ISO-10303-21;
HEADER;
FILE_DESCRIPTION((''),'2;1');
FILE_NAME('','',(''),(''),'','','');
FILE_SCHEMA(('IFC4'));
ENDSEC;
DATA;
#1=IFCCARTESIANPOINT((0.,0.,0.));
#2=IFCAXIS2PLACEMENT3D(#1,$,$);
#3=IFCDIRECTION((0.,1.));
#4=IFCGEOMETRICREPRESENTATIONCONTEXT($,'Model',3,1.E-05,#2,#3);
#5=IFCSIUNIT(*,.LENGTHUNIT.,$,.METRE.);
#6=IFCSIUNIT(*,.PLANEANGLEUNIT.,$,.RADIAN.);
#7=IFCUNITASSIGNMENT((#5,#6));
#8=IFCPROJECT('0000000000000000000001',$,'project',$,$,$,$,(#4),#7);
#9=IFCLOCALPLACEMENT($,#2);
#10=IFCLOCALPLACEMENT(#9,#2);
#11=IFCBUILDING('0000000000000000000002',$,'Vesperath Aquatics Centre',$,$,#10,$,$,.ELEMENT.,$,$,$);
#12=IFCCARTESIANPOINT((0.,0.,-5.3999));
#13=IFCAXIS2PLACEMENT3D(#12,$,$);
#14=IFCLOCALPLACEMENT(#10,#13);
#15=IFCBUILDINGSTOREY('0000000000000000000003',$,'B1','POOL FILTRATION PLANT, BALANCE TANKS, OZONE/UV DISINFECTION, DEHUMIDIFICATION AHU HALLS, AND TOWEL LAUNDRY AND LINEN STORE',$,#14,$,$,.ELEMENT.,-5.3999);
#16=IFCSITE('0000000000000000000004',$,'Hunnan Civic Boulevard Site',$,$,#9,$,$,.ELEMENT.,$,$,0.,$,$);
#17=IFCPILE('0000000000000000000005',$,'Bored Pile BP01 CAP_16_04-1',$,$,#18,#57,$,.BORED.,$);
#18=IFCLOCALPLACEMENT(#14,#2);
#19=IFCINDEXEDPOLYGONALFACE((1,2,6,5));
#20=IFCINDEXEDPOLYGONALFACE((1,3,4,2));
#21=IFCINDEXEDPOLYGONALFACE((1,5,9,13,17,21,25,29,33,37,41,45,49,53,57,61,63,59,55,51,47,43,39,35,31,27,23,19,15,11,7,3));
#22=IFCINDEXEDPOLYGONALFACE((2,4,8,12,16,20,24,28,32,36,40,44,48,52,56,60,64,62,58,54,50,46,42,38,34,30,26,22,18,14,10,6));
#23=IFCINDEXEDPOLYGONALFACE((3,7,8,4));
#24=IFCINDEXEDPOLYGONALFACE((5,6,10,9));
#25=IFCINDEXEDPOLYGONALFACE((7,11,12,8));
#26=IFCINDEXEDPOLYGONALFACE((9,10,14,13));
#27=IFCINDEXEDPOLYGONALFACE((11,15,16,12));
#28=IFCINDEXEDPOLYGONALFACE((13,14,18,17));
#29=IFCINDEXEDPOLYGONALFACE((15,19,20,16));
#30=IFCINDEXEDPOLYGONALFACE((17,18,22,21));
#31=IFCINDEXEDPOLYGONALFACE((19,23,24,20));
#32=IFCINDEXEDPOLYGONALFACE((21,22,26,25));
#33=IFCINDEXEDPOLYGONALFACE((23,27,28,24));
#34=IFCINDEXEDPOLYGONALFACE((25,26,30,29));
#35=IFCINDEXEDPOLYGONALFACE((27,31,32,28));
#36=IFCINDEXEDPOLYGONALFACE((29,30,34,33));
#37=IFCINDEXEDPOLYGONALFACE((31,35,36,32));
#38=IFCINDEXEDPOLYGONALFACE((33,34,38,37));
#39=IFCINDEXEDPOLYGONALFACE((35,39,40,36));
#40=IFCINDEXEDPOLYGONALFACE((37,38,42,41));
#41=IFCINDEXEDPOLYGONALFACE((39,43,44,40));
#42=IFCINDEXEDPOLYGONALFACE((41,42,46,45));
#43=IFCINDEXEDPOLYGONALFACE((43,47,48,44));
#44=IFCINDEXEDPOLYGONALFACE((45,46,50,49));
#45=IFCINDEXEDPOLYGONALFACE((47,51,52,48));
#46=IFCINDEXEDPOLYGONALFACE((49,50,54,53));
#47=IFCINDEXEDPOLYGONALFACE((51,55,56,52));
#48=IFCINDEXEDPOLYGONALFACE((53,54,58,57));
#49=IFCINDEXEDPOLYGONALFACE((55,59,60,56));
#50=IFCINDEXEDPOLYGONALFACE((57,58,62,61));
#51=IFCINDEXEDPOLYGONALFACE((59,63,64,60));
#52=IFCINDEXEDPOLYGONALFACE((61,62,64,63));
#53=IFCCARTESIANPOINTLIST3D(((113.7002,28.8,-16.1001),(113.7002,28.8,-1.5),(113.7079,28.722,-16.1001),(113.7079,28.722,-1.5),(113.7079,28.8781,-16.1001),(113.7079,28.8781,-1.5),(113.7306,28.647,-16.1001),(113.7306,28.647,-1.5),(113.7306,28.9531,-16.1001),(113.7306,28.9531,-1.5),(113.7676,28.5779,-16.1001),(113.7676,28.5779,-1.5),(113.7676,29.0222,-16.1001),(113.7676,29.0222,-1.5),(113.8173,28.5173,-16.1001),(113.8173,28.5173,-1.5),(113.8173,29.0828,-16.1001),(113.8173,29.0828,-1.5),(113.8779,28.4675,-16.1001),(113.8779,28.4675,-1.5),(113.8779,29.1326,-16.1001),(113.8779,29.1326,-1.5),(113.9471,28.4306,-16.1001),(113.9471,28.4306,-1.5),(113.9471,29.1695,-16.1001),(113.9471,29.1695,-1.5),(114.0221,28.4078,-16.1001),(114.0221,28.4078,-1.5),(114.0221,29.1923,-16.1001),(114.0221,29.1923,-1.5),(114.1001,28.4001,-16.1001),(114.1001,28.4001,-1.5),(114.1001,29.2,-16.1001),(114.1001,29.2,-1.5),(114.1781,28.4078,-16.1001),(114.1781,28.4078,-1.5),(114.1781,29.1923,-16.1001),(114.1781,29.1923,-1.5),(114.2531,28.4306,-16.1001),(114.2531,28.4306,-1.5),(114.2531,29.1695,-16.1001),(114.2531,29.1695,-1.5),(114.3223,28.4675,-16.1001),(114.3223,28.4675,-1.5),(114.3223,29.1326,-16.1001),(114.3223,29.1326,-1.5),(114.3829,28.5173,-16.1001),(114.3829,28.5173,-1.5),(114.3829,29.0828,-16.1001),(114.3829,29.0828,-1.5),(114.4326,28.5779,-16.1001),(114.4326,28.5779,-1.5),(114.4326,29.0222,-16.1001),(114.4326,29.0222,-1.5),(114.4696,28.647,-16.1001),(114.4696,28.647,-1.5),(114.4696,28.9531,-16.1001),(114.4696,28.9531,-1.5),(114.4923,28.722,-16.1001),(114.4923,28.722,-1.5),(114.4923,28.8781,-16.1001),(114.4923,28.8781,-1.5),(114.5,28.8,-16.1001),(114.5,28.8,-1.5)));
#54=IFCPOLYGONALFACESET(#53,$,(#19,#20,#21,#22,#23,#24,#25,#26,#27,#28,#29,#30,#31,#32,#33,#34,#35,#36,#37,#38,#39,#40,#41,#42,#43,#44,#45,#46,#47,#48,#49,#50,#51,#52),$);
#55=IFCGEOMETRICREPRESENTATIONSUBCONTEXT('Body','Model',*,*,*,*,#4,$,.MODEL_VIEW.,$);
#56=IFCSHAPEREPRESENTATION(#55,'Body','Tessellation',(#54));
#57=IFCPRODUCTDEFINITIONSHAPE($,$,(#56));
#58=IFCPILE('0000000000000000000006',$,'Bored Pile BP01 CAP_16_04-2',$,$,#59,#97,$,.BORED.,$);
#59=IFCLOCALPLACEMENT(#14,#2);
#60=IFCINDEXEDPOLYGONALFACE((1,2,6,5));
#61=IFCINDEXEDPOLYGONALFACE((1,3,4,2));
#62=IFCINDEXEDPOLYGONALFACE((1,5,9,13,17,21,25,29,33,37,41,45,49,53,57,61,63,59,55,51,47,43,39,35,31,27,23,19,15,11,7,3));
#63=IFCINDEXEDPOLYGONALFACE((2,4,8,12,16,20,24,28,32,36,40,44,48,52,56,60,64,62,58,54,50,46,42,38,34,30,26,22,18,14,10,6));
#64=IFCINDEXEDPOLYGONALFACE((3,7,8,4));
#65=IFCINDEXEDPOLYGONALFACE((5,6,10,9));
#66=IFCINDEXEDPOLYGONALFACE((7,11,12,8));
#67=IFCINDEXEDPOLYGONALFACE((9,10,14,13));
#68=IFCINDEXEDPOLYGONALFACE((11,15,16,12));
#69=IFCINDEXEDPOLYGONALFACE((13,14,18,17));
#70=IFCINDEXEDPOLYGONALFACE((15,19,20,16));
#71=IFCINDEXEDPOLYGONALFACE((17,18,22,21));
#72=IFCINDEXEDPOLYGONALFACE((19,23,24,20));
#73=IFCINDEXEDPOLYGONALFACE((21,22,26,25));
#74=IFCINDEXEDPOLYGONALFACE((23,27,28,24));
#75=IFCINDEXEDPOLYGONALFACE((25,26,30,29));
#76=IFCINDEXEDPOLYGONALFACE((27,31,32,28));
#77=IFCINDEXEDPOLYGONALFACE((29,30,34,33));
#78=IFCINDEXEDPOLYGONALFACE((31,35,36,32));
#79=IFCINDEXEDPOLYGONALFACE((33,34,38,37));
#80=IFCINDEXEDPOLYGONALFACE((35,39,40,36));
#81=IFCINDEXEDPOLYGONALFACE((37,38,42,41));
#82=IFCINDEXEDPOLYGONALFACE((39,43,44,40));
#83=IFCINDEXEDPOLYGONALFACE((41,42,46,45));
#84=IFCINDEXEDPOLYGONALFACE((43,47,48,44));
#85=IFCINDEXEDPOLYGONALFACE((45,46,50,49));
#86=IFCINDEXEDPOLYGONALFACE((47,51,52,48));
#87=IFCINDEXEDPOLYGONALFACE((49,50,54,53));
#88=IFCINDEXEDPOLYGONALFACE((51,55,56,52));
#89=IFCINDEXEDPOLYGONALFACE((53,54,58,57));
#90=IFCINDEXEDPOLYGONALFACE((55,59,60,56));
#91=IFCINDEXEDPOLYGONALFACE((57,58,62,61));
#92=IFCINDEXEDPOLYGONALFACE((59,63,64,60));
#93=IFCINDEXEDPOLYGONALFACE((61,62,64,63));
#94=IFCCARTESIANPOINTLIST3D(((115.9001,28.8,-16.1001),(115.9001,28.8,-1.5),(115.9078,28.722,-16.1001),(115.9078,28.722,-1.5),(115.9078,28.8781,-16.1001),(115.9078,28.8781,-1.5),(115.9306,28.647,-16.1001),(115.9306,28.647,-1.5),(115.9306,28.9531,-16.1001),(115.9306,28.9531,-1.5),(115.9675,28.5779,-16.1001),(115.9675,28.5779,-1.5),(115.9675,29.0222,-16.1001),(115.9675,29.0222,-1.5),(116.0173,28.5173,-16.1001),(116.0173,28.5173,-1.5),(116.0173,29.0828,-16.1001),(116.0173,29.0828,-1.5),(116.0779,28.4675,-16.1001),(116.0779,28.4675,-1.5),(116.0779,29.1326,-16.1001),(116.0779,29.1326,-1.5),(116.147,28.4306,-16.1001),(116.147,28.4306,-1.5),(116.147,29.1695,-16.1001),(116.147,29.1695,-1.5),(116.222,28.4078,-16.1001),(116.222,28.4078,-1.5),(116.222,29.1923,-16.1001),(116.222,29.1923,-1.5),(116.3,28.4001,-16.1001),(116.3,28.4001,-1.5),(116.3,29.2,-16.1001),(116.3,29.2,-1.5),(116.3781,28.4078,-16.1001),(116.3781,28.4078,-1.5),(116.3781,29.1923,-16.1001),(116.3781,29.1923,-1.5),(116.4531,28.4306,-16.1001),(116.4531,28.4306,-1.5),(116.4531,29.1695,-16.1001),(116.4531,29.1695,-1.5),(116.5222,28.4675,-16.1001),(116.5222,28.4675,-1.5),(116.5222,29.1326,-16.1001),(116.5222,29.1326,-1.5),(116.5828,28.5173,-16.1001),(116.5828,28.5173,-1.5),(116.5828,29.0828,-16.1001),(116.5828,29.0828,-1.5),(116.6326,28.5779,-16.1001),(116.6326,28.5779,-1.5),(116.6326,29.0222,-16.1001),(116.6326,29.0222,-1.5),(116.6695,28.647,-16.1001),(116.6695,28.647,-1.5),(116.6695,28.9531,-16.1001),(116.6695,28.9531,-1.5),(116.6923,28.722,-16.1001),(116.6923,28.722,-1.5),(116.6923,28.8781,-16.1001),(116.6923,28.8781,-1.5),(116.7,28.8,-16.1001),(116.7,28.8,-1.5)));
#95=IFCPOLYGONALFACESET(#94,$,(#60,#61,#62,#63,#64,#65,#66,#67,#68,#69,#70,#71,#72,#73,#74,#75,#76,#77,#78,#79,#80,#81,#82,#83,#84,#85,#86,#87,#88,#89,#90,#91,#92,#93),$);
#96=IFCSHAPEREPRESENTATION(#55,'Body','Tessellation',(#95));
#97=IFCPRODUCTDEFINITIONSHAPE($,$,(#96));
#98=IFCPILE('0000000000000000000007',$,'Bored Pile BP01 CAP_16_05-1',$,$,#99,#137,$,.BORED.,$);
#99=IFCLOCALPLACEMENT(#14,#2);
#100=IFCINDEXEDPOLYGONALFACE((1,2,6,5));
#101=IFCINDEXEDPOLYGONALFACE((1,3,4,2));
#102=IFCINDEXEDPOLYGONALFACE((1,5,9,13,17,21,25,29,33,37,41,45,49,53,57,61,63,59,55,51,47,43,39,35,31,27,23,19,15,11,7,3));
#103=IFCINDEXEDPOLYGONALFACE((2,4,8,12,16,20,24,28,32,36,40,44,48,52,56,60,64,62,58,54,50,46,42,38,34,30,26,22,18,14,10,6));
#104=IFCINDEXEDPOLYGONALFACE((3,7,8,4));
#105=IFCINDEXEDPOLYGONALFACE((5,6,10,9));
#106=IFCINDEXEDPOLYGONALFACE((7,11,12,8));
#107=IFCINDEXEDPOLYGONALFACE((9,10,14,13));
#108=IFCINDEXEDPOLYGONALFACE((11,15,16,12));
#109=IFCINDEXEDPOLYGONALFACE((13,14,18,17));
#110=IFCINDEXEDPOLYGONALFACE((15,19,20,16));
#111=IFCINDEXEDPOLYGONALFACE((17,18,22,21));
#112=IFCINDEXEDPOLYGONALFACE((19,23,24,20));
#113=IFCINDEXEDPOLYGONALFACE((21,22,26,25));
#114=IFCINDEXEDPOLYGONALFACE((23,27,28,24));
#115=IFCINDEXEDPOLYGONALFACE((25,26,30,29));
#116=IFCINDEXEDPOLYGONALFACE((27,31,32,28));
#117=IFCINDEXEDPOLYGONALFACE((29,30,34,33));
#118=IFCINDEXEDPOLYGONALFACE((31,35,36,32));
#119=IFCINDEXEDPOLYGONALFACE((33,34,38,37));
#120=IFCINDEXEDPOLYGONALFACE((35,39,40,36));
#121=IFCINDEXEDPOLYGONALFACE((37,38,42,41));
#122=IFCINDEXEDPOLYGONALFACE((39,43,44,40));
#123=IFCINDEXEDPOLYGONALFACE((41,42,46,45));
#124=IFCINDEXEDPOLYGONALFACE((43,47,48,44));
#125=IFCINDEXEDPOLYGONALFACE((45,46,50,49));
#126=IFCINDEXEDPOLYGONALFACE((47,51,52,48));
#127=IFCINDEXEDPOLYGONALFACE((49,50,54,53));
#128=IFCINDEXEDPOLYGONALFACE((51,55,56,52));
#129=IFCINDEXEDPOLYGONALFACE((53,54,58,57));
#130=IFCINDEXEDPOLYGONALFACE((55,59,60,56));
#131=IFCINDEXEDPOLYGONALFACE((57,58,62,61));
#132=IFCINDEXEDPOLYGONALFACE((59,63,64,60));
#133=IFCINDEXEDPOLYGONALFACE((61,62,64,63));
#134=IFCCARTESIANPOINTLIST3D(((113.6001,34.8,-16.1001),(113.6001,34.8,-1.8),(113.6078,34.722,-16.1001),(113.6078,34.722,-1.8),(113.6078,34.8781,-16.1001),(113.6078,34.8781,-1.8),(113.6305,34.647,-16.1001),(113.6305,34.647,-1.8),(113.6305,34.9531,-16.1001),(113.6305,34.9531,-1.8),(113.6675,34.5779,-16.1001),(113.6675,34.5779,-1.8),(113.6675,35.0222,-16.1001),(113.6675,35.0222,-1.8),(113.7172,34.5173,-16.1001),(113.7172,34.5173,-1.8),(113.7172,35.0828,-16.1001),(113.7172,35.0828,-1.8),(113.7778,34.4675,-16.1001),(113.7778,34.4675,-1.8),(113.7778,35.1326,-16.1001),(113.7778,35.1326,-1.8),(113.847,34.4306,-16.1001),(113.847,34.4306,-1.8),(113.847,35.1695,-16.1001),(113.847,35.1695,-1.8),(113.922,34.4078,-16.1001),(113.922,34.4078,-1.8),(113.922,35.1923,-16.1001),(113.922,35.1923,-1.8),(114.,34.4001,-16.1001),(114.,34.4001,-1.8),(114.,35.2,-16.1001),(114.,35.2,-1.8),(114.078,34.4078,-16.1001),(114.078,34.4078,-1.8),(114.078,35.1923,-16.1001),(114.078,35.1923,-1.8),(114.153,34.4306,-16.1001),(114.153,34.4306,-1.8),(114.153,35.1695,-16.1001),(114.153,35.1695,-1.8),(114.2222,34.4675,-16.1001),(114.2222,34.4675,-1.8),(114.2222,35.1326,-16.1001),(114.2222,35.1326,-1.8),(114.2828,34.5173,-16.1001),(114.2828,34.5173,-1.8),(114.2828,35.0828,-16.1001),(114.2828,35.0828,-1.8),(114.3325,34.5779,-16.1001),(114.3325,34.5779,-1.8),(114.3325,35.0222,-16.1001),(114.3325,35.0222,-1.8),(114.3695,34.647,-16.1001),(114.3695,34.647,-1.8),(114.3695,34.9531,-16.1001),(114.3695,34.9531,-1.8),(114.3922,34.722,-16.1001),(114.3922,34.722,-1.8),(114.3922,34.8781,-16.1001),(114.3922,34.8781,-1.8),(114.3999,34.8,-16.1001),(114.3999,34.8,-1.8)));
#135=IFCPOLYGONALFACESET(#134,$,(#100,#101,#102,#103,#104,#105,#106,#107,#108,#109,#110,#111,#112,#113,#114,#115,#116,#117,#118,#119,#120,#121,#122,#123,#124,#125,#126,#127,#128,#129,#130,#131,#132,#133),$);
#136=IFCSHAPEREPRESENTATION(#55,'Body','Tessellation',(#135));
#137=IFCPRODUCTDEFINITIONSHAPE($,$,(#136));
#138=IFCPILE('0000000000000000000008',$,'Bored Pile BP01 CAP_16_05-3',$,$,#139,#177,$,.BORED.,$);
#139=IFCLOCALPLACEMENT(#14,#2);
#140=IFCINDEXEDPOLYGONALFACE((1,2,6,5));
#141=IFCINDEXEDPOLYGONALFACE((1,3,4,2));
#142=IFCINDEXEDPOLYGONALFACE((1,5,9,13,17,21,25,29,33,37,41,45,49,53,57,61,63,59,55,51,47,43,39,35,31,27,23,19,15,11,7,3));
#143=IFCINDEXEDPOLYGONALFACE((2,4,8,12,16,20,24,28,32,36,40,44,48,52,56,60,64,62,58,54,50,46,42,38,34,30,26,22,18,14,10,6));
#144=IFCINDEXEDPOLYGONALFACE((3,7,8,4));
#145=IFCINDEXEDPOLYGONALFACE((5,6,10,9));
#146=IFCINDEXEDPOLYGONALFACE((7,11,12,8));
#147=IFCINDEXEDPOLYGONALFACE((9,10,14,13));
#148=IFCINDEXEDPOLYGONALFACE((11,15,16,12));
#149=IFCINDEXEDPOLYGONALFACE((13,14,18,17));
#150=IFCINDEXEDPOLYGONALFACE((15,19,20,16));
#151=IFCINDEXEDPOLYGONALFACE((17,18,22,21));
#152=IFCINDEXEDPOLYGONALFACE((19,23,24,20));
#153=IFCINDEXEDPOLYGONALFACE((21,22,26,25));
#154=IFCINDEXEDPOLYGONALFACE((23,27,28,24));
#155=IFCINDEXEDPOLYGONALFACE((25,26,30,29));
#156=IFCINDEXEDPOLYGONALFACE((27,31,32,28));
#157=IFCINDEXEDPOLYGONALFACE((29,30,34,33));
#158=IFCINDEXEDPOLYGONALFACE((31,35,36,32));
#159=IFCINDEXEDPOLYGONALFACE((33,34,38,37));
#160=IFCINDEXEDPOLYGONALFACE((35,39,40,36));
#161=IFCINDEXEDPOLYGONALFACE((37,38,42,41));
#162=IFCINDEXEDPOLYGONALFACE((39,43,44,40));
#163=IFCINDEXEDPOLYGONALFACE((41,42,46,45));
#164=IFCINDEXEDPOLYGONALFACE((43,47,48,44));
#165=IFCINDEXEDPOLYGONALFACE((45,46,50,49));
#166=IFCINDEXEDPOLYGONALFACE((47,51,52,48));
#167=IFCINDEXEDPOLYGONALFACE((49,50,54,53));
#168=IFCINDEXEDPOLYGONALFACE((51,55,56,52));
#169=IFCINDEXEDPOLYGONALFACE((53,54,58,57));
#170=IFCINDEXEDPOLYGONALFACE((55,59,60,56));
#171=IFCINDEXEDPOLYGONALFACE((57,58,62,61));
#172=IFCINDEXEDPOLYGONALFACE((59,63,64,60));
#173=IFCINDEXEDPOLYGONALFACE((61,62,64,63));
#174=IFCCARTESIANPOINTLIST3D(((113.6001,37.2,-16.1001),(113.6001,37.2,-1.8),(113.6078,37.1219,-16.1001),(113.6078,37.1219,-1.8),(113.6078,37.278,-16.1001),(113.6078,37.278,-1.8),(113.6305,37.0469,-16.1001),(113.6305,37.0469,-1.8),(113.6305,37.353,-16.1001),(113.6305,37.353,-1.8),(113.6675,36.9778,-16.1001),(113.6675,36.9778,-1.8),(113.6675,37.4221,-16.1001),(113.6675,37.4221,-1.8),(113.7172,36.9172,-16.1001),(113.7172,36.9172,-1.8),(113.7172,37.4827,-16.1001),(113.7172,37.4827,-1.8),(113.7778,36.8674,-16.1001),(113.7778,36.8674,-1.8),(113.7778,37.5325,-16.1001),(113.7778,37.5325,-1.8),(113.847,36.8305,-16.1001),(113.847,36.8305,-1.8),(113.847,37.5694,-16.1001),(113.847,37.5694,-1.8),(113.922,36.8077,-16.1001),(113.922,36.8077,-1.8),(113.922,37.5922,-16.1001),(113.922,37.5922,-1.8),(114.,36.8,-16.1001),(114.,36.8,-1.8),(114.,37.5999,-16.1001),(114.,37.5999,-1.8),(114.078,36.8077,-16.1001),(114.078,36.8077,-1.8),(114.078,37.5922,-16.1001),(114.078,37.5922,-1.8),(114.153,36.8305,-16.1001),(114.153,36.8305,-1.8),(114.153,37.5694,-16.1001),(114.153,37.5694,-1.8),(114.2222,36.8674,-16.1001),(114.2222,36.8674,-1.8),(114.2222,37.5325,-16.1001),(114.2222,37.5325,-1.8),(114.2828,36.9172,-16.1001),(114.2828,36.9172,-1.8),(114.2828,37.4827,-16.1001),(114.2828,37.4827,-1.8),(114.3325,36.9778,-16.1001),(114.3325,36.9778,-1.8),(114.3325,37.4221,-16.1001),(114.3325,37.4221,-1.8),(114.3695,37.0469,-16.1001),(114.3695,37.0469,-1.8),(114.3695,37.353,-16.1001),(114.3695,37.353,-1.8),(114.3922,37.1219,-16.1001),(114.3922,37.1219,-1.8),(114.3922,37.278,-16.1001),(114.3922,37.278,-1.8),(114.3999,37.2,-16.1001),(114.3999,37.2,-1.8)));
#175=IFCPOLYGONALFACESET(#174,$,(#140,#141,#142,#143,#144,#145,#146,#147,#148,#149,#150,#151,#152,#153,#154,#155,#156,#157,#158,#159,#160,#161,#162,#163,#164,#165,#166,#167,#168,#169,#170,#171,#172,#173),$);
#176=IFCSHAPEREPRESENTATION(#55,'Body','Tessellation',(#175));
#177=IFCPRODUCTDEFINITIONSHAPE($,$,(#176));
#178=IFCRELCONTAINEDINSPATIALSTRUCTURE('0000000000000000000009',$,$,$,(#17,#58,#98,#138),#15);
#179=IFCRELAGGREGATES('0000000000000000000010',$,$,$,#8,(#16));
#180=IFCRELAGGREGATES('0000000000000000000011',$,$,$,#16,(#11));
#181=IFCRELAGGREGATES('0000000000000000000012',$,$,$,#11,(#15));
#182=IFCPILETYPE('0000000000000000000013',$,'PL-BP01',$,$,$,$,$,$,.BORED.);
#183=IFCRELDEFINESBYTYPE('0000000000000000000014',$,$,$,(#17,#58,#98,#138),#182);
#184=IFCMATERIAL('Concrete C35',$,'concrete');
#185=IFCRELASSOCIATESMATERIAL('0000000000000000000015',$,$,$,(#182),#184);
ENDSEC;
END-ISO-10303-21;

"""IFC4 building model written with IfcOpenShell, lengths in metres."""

from ifc_helpers import new_model, si_unit, direction, frame, origin, origin_2d, place, context, subcontext, project, spatial, circle, extrude, material, material_profile, profile_set, type_object, element, save


model = new_model("IFC4")

# Units and contexts
model_context = context("Model", 3, precision=1e-05, world=origin(), true_north=direction((0.0, 1.0)))
body_context = subcontext(model_context, "Body", "Model", "MODEL_VIEW")
ifc_project = project(units=[si_unit("LENGTHUNIT", "METRE"), si_unit("PLANEANGLEUNIT", "RADIAN")], contexts=[model_context])

# Site, building, storey
site_placement = place(None, origin())
site = spatial("IfcSite", under=ifc_project, at=site_placement, Name="Hunnan Civic Boulevard Site", CompositionType="ELEMENT", RefElevation=0.0)
building_placement = place(site_placement, origin())
building = spatial("IfcBuilding", under=site, at=building_placement, Name="Vesperath Aquatics Centre", CompositionType="ELEMENT")
storey_placement = place(building_placement, frame((0.0, 0.0, -5.3999)))
storey = spatial("IfcBuildingStorey", under=building, at=storey_placement, Name="B1", Description="POOL FILTRATION PLANT, BALANCE TANKS, OZONE/UV DISINFECTION, DEHUMIDIFICATION AHU HALLS, AND TOWEL LAUNDRY AND LINEN STORE", CompositionType="ELEMENT", Elevation=-5.3999)

# Piles
ifc_material_1 = material(Name="Concrete C35", Category="concrete")
ifc_material_profile_1 = material_profile(ifc_material_1, circle(Radius=0.3999, at=origin_2d()), Name="PILE D800")
ifc_profile_set_1 = profile_set([ifc_material_profile_1], Name="Concrete C35")
pile_type = type_object("IfcPileType", Name="PL-BP01", PredefinedType="BORED", material=ifc_profile_set_1)
for number, where, z_axis, x_axis, name in (
    (1, (114.1001, 28.8, -1.5), (0.0, 0.0, -1.0), (1.0, 0.0, 0.0), "Bored Pile BP01 CAP_16_04-1"),
    (2, (116.3, 28.8, -1.5), (0.0, 0.0, -1.0), (1.0, 0.0, 0.0), "Bored Pile BP01 CAP_16_04-2"),
):
    element("IfcPile", number, at=place(storey_placement, frame(where, z_axis=z_axis, x_axis=x_axis)), inside=storey, type_object=pile_type, Name=name, PredefinedType="BORED", context=body_context, shape_type="SweptSolid", body=[
        extrude(circle(Radius=0.3999, at=origin_2d()), origin(), (0.0, 0.0, 1.0), 14.6001),
    ])
for number, where, z_axis, x_axis, name in (
    (3, (114.0, 34.8, -1.8), (0.0, 0.0, -1.0), (1.0, 0.0, 0.0), "Bored Pile BP01 CAP_16_05-1"),
    (4, (114.0, 37.2, -1.8), (0.0, 0.0, -1.0), (1.0, 0.0, 0.0), "Bored Pile BP01 CAP_16_05-3"),
):
    element("IfcPile", number, at=place(storey_placement, frame(where, z_axis=z_axis, x_axis=x_axis)), inside=storey, type_object=pile_type, Name=name, PredefinedType="BORED", context=body_context, shape_type="SweptSolid", body=[
        extrude(circle(Radius=0.3999, at=origin_2d()), origin(), (0.0, 0.0, 1.0), 14.3),
    ])

save(model, "model.ifc")
